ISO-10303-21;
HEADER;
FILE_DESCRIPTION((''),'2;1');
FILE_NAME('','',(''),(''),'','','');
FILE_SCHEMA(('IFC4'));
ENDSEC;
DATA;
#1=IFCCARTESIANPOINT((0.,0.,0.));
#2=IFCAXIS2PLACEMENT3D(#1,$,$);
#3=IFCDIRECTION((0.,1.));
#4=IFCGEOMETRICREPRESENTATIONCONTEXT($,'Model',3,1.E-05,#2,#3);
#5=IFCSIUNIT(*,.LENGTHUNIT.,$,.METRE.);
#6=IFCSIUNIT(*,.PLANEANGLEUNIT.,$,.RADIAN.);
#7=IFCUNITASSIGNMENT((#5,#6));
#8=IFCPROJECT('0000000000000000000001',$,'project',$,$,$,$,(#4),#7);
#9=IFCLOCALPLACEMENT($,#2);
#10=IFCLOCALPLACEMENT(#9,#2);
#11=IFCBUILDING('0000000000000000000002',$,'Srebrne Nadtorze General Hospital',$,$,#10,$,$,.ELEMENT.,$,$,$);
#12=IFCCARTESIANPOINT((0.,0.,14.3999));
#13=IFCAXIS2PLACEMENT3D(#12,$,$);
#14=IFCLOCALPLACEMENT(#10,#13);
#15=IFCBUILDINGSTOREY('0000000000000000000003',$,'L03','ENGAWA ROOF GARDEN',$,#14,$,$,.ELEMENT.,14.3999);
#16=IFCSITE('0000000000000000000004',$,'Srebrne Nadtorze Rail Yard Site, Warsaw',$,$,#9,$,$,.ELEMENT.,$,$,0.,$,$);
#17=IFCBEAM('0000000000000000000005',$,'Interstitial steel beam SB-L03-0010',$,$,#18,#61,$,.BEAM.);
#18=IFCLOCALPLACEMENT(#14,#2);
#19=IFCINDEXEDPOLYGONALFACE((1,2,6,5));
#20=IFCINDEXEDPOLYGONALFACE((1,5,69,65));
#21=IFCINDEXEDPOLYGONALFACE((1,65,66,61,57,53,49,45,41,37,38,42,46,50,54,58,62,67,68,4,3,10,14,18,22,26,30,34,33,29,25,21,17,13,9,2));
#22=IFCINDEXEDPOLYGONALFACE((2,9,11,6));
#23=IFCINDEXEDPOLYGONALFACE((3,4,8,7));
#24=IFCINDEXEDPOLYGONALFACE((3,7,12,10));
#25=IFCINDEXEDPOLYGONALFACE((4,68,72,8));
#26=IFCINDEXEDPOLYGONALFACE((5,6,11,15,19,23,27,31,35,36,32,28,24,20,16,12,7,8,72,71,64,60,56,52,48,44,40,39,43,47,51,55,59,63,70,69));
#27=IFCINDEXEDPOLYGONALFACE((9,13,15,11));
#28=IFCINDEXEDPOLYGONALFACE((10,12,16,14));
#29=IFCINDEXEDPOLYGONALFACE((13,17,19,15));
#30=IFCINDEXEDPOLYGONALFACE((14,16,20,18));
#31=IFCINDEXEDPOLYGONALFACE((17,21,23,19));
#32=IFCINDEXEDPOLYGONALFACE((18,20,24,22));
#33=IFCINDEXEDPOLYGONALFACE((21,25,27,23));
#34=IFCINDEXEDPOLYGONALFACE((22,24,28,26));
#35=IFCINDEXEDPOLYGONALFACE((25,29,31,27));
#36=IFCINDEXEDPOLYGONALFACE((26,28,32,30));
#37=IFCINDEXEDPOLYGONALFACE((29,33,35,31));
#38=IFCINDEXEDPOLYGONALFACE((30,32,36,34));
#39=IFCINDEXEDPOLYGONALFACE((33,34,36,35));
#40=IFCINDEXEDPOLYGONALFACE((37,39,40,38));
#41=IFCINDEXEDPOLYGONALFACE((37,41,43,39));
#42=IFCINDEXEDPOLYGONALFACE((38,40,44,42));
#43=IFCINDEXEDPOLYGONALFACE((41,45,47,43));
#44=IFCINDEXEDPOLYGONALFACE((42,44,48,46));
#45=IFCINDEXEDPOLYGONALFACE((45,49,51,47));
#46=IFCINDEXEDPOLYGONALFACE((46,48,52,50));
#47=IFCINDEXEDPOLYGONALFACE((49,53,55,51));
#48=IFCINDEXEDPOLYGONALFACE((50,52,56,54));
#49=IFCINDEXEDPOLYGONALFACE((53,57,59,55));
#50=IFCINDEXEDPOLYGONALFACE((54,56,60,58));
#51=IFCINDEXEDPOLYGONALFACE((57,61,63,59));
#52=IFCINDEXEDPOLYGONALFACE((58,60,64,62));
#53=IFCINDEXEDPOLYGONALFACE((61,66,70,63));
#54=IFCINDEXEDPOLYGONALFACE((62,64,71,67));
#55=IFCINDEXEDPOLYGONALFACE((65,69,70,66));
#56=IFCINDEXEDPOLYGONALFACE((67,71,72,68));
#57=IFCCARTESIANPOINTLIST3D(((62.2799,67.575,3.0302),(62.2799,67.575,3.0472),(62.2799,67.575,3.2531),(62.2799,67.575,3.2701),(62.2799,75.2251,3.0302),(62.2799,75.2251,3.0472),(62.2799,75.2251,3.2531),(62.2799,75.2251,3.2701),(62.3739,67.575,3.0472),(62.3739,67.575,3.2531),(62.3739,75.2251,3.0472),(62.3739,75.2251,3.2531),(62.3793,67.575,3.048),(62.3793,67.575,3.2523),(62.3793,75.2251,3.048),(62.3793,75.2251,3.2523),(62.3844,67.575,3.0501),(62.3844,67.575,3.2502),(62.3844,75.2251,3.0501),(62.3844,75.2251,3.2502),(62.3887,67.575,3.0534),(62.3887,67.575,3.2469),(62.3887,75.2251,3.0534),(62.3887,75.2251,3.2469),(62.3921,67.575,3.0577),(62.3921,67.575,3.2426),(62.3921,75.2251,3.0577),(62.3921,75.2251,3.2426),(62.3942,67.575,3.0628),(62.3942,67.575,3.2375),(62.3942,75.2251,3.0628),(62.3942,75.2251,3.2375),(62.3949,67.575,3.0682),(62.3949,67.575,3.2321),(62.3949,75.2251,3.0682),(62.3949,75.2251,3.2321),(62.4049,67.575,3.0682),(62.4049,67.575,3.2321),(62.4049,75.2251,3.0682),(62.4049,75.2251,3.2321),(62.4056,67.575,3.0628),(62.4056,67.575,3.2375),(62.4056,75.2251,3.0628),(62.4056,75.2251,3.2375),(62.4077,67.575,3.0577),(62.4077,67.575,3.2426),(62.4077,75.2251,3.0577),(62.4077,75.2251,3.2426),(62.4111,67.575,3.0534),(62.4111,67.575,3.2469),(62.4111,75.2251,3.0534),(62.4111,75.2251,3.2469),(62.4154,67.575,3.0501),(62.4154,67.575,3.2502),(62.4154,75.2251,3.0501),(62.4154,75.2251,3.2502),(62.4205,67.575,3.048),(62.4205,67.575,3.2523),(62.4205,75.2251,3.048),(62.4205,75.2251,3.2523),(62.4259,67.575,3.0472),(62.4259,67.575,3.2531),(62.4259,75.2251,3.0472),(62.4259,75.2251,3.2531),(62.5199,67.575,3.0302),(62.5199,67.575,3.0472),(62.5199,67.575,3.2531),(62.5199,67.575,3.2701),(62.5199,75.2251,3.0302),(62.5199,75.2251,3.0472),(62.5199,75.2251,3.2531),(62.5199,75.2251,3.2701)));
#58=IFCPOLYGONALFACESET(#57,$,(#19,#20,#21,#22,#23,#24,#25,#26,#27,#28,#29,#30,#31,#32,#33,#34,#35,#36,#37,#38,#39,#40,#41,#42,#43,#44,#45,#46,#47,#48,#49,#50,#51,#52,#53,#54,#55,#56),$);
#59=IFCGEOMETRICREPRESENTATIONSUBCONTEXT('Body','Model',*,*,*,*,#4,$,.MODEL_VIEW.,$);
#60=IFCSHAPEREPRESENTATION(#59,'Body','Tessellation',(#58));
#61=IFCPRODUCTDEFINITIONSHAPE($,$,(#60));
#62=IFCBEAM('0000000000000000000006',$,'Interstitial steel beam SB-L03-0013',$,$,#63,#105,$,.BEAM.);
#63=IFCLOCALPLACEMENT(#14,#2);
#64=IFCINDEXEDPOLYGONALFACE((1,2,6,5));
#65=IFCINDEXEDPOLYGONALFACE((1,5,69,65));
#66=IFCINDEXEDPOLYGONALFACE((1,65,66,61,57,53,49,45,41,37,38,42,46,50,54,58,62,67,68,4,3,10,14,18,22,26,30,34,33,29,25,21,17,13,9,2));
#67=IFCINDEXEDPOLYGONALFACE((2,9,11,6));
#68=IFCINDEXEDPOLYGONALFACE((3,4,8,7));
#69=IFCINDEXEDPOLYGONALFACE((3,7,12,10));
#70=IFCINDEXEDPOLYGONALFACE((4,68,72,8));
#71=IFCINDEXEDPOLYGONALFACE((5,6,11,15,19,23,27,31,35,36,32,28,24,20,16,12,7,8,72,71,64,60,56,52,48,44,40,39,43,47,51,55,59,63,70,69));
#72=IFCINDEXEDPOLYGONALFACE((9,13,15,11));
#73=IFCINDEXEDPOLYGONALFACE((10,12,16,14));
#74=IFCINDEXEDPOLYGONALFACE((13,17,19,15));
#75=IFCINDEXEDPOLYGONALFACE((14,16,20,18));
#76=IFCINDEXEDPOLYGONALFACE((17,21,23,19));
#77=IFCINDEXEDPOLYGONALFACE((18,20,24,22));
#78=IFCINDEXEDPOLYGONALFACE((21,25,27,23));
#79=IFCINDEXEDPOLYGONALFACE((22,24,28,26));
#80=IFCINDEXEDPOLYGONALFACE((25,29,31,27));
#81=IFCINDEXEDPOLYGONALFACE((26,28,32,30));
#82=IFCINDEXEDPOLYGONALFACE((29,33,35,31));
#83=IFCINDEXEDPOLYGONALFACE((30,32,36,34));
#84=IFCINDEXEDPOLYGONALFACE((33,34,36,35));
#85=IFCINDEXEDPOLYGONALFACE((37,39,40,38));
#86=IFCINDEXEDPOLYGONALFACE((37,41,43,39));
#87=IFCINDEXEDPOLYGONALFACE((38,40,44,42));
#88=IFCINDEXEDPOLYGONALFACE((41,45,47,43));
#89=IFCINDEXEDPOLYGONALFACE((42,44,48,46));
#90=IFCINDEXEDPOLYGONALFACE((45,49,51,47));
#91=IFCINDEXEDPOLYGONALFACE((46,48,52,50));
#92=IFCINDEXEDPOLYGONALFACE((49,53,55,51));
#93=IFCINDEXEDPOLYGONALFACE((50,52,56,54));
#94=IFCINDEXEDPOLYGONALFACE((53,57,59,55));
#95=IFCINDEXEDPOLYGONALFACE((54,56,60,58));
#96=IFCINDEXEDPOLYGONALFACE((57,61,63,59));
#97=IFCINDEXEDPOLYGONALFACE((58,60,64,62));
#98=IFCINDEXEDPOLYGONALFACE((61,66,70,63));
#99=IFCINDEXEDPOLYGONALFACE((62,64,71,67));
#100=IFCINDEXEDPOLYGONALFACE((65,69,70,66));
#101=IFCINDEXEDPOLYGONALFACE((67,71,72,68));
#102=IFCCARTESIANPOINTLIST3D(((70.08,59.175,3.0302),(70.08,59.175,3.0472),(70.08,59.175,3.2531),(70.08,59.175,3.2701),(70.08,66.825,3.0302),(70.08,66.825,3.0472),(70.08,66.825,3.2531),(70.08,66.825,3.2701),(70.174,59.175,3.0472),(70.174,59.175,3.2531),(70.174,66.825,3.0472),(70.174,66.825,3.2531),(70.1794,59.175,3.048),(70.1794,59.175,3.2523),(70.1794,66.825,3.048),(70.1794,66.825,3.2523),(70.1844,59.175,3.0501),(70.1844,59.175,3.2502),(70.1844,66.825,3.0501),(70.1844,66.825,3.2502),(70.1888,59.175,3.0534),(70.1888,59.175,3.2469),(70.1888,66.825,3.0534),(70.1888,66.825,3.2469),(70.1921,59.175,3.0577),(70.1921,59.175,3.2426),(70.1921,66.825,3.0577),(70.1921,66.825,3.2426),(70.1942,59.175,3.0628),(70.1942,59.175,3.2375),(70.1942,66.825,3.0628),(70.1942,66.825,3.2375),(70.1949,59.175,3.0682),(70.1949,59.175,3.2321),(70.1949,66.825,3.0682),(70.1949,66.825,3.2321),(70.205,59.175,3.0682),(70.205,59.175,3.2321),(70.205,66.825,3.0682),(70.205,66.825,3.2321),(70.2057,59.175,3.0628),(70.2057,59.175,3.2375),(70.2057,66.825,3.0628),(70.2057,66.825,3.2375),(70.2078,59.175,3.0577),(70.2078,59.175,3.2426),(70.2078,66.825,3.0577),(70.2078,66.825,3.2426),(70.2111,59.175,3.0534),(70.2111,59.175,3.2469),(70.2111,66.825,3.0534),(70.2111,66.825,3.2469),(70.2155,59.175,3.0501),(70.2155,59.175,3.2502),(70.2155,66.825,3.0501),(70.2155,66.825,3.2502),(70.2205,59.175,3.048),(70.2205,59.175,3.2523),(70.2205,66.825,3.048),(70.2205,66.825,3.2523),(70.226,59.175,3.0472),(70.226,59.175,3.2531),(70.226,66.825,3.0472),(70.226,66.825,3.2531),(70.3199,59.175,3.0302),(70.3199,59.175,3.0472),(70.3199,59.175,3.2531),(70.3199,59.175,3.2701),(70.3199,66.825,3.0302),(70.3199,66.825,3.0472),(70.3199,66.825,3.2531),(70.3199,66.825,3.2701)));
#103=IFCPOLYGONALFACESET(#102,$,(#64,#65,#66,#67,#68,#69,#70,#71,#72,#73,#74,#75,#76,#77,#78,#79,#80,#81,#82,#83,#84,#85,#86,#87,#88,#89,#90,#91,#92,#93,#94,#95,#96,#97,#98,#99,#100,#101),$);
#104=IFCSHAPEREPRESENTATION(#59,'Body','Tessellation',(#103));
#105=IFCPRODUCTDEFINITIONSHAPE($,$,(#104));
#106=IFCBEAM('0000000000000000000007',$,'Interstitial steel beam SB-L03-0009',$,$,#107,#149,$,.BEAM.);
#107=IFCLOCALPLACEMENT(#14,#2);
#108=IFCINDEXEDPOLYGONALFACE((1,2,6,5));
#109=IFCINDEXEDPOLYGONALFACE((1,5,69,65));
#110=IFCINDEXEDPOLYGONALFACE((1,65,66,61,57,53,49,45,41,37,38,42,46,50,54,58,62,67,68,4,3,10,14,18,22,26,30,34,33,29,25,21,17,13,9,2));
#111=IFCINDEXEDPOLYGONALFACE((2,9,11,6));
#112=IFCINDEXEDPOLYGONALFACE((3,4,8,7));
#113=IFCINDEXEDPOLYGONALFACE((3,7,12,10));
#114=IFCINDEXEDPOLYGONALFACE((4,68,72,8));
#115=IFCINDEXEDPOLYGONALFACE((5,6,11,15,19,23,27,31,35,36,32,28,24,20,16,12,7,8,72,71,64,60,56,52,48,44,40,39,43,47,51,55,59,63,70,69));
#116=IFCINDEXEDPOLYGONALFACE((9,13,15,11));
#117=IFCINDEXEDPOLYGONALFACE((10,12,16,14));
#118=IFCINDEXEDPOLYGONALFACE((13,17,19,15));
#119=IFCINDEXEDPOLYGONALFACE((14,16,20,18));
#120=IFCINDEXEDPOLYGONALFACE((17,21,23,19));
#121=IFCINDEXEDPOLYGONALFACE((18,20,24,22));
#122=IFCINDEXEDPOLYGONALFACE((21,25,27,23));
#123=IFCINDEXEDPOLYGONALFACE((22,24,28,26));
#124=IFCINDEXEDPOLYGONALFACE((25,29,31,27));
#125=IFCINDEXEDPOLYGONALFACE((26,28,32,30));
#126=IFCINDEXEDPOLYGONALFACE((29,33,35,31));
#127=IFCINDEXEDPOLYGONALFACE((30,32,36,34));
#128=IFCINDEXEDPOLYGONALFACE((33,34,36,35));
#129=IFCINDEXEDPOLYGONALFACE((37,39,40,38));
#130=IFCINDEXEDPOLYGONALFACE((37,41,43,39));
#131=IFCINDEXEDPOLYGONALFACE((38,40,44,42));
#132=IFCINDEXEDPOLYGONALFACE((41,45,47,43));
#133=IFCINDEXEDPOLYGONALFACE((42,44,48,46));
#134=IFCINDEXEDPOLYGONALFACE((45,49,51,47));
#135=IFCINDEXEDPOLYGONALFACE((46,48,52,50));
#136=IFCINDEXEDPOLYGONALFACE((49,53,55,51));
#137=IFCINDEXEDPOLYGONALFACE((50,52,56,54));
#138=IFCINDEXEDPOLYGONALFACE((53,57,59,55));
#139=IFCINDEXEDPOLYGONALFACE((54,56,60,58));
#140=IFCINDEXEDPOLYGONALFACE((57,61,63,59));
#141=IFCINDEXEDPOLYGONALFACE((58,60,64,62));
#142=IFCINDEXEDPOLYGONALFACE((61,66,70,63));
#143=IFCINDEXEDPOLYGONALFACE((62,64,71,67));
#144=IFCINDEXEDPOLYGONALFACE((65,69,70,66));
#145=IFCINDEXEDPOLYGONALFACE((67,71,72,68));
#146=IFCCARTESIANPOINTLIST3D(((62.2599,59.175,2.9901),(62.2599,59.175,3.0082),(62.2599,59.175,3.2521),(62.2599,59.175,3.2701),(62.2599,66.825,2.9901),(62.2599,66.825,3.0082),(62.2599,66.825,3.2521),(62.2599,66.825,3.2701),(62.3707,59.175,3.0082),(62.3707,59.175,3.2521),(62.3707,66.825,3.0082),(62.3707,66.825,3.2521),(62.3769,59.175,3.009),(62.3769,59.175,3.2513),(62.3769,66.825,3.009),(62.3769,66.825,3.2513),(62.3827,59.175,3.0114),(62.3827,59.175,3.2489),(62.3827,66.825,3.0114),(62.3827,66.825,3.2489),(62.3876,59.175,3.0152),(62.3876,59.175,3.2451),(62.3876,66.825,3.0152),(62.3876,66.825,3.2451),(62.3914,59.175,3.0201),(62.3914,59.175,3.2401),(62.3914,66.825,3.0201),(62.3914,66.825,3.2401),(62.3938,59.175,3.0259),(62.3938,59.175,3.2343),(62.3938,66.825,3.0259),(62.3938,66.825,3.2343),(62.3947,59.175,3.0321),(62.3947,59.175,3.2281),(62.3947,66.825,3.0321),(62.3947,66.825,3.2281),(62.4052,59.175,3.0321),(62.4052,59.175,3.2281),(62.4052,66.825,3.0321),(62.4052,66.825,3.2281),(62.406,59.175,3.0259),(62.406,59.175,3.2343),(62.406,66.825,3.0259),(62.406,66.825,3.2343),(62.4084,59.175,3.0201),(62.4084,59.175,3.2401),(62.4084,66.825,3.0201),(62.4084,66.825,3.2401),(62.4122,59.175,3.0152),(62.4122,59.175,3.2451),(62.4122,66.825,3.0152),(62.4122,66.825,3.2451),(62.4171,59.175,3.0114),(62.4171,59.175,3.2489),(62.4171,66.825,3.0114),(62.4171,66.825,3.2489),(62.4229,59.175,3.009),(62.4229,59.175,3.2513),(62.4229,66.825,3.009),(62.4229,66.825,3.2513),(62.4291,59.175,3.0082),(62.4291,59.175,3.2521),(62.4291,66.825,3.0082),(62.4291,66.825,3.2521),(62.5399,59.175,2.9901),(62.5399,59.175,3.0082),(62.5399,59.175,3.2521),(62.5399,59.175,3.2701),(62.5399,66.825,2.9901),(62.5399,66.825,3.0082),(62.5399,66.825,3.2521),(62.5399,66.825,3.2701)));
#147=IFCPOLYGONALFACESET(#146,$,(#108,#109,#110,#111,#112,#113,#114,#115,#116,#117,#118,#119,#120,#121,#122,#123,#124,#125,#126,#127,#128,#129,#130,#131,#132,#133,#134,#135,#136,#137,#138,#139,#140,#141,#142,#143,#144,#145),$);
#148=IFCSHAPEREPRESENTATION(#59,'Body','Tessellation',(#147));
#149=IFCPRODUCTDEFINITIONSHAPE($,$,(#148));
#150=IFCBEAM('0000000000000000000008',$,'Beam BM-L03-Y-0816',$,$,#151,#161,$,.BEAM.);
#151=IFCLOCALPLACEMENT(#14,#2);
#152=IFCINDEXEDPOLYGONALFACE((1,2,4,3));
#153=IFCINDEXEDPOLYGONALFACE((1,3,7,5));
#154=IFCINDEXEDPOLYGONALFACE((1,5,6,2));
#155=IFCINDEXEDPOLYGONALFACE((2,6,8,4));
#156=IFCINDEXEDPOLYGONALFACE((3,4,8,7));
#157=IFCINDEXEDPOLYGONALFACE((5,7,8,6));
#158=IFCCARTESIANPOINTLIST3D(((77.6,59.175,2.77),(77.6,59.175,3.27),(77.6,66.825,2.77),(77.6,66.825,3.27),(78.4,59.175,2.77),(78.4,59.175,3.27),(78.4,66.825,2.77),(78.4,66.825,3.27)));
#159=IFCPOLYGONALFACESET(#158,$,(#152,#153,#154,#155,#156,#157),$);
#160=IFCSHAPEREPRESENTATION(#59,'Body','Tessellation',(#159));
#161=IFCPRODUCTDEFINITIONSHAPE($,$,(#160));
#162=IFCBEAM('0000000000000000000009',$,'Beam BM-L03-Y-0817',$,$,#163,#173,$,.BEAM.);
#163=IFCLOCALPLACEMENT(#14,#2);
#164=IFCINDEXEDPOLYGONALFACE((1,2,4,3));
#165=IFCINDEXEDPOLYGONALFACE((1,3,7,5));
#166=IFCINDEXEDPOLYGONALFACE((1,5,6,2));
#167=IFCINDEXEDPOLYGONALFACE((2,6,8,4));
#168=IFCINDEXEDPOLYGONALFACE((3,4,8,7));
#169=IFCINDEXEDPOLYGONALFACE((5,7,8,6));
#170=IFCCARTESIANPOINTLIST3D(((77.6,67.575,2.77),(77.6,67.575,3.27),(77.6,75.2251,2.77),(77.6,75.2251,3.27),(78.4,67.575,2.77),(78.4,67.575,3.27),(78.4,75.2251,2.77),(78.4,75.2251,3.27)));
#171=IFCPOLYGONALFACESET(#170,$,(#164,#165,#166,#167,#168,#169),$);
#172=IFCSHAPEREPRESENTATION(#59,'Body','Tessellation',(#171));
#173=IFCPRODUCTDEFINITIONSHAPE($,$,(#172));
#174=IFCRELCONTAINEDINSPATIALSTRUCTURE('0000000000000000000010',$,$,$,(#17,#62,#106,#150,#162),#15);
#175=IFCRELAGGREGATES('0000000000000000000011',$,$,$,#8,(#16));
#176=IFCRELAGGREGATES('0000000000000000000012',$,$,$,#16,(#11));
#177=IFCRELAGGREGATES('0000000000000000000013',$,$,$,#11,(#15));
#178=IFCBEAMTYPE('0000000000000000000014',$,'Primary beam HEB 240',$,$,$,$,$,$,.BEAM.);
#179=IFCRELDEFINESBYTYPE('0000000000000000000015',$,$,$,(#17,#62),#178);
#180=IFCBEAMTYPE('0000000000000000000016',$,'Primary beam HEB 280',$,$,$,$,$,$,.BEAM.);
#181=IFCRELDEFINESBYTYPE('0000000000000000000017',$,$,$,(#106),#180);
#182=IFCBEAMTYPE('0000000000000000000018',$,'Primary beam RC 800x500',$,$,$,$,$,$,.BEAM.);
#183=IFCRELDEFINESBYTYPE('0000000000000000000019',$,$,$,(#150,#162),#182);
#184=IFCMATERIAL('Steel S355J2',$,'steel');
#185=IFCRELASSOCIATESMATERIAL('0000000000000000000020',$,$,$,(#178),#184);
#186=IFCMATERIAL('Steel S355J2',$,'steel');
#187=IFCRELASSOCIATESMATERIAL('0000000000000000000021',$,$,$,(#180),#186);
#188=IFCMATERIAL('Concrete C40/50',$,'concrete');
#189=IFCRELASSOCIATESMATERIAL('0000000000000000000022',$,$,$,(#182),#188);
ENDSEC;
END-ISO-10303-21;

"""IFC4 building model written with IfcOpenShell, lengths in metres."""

from ifc_helpers import new_model, si_unit, direction, frame, origin, origin_2d, place, context, subcontext, project, spatial, rectangle, i_section, extrude, material, material_profile, profile_set, type_object, element, save


model = new_model("IFC4")

# Units and contexts
model_context = context("Model", 3, precision=1e-05, world=origin(), true_north=direction((0.0, 1.0)))
body_context = subcontext(model_context, "Body", "Model", "MODEL_VIEW")
ifc_project = project(units=[si_unit("LENGTHUNIT", "METRE"), si_unit("PLANEANGLEUNIT", "RADIAN")], contexts=[model_context])

# Site, building, storey
site_placement = place(None, origin())
site = spatial("IfcSite", under=ifc_project, at=site_placement, Name="Srebrne Nadtorze Rail Yard Site, Warsaw", CompositionType="ELEMENT", RefElevation=0.0)
building_placement = place(site_placement, origin())
building = spatial("IfcBuilding", under=site, at=building_placement, Name="Srebrne Nadtorze General Hospital", CompositionType="ELEMENT")
storey_placement = place(building_placement, frame((0.0, 0.0, 14.3999)))
storey = spatial("IfcBuildingStorey", under=building, at=storey_placement, Name="L03", Description="ENGAWA ROOF GARDEN", CompositionType="ELEMENT", Elevation=14.3999)

# Beams
ifc_material_1 = material(Name="Steel S355J2", Category="steel")
ifc_material_profile_1 = material_profile(ifc_material_1, i_section(OverallWidth=0.24, OverallDepth=0.24, WebThickness=0.01, FlangeThickness=0.0171, FilletRadius=0.021, at=origin_2d()), Name="HEB-240")
ifc_profile_set_1 = profile_set([ifc_material_profile_1], Name="Steel S355J2")
beam_type_1 = type_object("IfcBeamType", Name="Primary beam HEB 240", PredefinedType="BEAM", material=ifc_profile_set_1)
beam_1_placement = place(storey_placement, frame((62.3999, 67.575, 3.1501), z_axis=(0.0, 1.0, 0.0), x_axis=(-1.0, 0.0, 0.0)))
element("IfcBeam", 1, at=beam_1_placement, inside=storey, type_object=beam_type_1, Name="Interstitial steel beam SB-L03-0010", PredefinedType="BEAM", context=body_context, shape_type="SweptSolid", body=[
    extrude(i_section(OverallWidth=0.24, OverallDepth=0.24, WebThickness=0.01, FlangeThickness=0.0171, FilletRadius=0.021, at=origin_2d()), origin(), (0.0, 0.0, 1.0), 7.6501),
])
beam_2_placement = place(storey_placement, frame((70.2, 59.175, 3.1501), z_axis=(0.0, 1.0, 0.0), x_axis=(-1.0, 0.0, 0.0)))
element("IfcBeam", 2, at=beam_2_placement, inside=storey, type_object=beam_type_1, Name="Interstitial steel beam SB-L03-0013", PredefinedType="BEAM", context=body_context, shape_type="SweptSolid", body=[
    extrude(i_section(OverallWidth=0.24, OverallDepth=0.24, WebThickness=0.01, FlangeThickness=0.0171, FilletRadius=0.021, at=origin_2d()), origin(), (0.0, 0.0, 1.0), 7.6499),
])
ifc_material_2 = material(Name="Steel S355J2", Category="steel")
ifc_material_profile_2 = material_profile(ifc_material_2, i_section(OverallWidth=0.28, OverallDepth=0.28, WebThickness=0.0105, FlangeThickness=0.0181, FilletRadius=0.0239, at=origin_2d()), Name="HEB-280")
ifc_profile_set_2 = profile_set([ifc_material_profile_2], Name="Steel S355J2")
beam_type_2 = type_object("IfcBeamType", Name="Primary beam HEB 280", PredefinedType="BEAM", material=ifc_profile_set_2)
beam_3_placement = place(storey_placement, frame((62.3999, 59.175, 3.1301), z_axis=(0.0, 1.0, 0.0), x_axis=(-1.0, 0.0, 0.0)))
element("IfcBeam", 3, at=beam_3_placement, inside=storey, type_object=beam_type_2, Name="Interstitial steel beam SB-L03-0009", PredefinedType="BEAM", context=body_context, shape_type="SweptSolid", body=[
    extrude(i_section(OverallWidth=0.28, OverallDepth=0.28, WebThickness=0.0105, FlangeThickness=0.0181, FilletRadius=0.0239, at=origin_2d()), origin(), (0.0, 0.0, 1.0), 7.6499),
])
ifc_material_3 = material(Name="Concrete C40/50", Category="concrete")
ifc_material_profile_3 = material_profile(ifc_material_3, rectangle(XDim=0.8, YDim=0.5, at=origin_2d()), Name="RC-BM-800x500")
ifc_profile_set_3 = profile_set([ifc_material_profile_3], Name="Concrete C40/50")
beam_type_3 = type_object("IfcBeamType", Name="Primary beam RC 800x500", PredefinedType="BEAM", material=ifc_profile_set_3)
beam_4_placement = place(storey_placement, frame((78.0, 59.175, 3.02), z_axis=(0.0, 1.0, 0.0), x_axis=(-1.0, 0.0, 0.0)))
element("IfcBeam", 4, at=beam_4_placement, inside=storey, type_object=beam_type_3, Name="Beam BM-L03-Y-0816", PredefinedType="BEAM", context=body_context, shape_type="SweptSolid", body=[
    extrude(rectangle(XDim=0.8, YDim=0.5, at=origin_2d()), origin(), (0.0, 0.0, 1.0), 7.6499),
])
beam_5_placement = place(storey_placement, frame((78.0, 67.575, 3.02), z_axis=(0.0, 1.0, 0.0), x_axis=(-1.0, 0.0, 0.0)))
element("IfcBeam", 5, at=beam_5_placement, inside=storey, type_object=beam_type_3, Name="Beam BM-L03-Y-0817", PredefinedType="BEAM", context=body_context, shape_type="SweptSolid", body=[
    extrude(rectangle(XDim=0.8, YDim=0.5, at=origin_2d()), origin(), (0.0, 0.0, 1.0), 7.6501),
])

save(model, "model.ifc")
